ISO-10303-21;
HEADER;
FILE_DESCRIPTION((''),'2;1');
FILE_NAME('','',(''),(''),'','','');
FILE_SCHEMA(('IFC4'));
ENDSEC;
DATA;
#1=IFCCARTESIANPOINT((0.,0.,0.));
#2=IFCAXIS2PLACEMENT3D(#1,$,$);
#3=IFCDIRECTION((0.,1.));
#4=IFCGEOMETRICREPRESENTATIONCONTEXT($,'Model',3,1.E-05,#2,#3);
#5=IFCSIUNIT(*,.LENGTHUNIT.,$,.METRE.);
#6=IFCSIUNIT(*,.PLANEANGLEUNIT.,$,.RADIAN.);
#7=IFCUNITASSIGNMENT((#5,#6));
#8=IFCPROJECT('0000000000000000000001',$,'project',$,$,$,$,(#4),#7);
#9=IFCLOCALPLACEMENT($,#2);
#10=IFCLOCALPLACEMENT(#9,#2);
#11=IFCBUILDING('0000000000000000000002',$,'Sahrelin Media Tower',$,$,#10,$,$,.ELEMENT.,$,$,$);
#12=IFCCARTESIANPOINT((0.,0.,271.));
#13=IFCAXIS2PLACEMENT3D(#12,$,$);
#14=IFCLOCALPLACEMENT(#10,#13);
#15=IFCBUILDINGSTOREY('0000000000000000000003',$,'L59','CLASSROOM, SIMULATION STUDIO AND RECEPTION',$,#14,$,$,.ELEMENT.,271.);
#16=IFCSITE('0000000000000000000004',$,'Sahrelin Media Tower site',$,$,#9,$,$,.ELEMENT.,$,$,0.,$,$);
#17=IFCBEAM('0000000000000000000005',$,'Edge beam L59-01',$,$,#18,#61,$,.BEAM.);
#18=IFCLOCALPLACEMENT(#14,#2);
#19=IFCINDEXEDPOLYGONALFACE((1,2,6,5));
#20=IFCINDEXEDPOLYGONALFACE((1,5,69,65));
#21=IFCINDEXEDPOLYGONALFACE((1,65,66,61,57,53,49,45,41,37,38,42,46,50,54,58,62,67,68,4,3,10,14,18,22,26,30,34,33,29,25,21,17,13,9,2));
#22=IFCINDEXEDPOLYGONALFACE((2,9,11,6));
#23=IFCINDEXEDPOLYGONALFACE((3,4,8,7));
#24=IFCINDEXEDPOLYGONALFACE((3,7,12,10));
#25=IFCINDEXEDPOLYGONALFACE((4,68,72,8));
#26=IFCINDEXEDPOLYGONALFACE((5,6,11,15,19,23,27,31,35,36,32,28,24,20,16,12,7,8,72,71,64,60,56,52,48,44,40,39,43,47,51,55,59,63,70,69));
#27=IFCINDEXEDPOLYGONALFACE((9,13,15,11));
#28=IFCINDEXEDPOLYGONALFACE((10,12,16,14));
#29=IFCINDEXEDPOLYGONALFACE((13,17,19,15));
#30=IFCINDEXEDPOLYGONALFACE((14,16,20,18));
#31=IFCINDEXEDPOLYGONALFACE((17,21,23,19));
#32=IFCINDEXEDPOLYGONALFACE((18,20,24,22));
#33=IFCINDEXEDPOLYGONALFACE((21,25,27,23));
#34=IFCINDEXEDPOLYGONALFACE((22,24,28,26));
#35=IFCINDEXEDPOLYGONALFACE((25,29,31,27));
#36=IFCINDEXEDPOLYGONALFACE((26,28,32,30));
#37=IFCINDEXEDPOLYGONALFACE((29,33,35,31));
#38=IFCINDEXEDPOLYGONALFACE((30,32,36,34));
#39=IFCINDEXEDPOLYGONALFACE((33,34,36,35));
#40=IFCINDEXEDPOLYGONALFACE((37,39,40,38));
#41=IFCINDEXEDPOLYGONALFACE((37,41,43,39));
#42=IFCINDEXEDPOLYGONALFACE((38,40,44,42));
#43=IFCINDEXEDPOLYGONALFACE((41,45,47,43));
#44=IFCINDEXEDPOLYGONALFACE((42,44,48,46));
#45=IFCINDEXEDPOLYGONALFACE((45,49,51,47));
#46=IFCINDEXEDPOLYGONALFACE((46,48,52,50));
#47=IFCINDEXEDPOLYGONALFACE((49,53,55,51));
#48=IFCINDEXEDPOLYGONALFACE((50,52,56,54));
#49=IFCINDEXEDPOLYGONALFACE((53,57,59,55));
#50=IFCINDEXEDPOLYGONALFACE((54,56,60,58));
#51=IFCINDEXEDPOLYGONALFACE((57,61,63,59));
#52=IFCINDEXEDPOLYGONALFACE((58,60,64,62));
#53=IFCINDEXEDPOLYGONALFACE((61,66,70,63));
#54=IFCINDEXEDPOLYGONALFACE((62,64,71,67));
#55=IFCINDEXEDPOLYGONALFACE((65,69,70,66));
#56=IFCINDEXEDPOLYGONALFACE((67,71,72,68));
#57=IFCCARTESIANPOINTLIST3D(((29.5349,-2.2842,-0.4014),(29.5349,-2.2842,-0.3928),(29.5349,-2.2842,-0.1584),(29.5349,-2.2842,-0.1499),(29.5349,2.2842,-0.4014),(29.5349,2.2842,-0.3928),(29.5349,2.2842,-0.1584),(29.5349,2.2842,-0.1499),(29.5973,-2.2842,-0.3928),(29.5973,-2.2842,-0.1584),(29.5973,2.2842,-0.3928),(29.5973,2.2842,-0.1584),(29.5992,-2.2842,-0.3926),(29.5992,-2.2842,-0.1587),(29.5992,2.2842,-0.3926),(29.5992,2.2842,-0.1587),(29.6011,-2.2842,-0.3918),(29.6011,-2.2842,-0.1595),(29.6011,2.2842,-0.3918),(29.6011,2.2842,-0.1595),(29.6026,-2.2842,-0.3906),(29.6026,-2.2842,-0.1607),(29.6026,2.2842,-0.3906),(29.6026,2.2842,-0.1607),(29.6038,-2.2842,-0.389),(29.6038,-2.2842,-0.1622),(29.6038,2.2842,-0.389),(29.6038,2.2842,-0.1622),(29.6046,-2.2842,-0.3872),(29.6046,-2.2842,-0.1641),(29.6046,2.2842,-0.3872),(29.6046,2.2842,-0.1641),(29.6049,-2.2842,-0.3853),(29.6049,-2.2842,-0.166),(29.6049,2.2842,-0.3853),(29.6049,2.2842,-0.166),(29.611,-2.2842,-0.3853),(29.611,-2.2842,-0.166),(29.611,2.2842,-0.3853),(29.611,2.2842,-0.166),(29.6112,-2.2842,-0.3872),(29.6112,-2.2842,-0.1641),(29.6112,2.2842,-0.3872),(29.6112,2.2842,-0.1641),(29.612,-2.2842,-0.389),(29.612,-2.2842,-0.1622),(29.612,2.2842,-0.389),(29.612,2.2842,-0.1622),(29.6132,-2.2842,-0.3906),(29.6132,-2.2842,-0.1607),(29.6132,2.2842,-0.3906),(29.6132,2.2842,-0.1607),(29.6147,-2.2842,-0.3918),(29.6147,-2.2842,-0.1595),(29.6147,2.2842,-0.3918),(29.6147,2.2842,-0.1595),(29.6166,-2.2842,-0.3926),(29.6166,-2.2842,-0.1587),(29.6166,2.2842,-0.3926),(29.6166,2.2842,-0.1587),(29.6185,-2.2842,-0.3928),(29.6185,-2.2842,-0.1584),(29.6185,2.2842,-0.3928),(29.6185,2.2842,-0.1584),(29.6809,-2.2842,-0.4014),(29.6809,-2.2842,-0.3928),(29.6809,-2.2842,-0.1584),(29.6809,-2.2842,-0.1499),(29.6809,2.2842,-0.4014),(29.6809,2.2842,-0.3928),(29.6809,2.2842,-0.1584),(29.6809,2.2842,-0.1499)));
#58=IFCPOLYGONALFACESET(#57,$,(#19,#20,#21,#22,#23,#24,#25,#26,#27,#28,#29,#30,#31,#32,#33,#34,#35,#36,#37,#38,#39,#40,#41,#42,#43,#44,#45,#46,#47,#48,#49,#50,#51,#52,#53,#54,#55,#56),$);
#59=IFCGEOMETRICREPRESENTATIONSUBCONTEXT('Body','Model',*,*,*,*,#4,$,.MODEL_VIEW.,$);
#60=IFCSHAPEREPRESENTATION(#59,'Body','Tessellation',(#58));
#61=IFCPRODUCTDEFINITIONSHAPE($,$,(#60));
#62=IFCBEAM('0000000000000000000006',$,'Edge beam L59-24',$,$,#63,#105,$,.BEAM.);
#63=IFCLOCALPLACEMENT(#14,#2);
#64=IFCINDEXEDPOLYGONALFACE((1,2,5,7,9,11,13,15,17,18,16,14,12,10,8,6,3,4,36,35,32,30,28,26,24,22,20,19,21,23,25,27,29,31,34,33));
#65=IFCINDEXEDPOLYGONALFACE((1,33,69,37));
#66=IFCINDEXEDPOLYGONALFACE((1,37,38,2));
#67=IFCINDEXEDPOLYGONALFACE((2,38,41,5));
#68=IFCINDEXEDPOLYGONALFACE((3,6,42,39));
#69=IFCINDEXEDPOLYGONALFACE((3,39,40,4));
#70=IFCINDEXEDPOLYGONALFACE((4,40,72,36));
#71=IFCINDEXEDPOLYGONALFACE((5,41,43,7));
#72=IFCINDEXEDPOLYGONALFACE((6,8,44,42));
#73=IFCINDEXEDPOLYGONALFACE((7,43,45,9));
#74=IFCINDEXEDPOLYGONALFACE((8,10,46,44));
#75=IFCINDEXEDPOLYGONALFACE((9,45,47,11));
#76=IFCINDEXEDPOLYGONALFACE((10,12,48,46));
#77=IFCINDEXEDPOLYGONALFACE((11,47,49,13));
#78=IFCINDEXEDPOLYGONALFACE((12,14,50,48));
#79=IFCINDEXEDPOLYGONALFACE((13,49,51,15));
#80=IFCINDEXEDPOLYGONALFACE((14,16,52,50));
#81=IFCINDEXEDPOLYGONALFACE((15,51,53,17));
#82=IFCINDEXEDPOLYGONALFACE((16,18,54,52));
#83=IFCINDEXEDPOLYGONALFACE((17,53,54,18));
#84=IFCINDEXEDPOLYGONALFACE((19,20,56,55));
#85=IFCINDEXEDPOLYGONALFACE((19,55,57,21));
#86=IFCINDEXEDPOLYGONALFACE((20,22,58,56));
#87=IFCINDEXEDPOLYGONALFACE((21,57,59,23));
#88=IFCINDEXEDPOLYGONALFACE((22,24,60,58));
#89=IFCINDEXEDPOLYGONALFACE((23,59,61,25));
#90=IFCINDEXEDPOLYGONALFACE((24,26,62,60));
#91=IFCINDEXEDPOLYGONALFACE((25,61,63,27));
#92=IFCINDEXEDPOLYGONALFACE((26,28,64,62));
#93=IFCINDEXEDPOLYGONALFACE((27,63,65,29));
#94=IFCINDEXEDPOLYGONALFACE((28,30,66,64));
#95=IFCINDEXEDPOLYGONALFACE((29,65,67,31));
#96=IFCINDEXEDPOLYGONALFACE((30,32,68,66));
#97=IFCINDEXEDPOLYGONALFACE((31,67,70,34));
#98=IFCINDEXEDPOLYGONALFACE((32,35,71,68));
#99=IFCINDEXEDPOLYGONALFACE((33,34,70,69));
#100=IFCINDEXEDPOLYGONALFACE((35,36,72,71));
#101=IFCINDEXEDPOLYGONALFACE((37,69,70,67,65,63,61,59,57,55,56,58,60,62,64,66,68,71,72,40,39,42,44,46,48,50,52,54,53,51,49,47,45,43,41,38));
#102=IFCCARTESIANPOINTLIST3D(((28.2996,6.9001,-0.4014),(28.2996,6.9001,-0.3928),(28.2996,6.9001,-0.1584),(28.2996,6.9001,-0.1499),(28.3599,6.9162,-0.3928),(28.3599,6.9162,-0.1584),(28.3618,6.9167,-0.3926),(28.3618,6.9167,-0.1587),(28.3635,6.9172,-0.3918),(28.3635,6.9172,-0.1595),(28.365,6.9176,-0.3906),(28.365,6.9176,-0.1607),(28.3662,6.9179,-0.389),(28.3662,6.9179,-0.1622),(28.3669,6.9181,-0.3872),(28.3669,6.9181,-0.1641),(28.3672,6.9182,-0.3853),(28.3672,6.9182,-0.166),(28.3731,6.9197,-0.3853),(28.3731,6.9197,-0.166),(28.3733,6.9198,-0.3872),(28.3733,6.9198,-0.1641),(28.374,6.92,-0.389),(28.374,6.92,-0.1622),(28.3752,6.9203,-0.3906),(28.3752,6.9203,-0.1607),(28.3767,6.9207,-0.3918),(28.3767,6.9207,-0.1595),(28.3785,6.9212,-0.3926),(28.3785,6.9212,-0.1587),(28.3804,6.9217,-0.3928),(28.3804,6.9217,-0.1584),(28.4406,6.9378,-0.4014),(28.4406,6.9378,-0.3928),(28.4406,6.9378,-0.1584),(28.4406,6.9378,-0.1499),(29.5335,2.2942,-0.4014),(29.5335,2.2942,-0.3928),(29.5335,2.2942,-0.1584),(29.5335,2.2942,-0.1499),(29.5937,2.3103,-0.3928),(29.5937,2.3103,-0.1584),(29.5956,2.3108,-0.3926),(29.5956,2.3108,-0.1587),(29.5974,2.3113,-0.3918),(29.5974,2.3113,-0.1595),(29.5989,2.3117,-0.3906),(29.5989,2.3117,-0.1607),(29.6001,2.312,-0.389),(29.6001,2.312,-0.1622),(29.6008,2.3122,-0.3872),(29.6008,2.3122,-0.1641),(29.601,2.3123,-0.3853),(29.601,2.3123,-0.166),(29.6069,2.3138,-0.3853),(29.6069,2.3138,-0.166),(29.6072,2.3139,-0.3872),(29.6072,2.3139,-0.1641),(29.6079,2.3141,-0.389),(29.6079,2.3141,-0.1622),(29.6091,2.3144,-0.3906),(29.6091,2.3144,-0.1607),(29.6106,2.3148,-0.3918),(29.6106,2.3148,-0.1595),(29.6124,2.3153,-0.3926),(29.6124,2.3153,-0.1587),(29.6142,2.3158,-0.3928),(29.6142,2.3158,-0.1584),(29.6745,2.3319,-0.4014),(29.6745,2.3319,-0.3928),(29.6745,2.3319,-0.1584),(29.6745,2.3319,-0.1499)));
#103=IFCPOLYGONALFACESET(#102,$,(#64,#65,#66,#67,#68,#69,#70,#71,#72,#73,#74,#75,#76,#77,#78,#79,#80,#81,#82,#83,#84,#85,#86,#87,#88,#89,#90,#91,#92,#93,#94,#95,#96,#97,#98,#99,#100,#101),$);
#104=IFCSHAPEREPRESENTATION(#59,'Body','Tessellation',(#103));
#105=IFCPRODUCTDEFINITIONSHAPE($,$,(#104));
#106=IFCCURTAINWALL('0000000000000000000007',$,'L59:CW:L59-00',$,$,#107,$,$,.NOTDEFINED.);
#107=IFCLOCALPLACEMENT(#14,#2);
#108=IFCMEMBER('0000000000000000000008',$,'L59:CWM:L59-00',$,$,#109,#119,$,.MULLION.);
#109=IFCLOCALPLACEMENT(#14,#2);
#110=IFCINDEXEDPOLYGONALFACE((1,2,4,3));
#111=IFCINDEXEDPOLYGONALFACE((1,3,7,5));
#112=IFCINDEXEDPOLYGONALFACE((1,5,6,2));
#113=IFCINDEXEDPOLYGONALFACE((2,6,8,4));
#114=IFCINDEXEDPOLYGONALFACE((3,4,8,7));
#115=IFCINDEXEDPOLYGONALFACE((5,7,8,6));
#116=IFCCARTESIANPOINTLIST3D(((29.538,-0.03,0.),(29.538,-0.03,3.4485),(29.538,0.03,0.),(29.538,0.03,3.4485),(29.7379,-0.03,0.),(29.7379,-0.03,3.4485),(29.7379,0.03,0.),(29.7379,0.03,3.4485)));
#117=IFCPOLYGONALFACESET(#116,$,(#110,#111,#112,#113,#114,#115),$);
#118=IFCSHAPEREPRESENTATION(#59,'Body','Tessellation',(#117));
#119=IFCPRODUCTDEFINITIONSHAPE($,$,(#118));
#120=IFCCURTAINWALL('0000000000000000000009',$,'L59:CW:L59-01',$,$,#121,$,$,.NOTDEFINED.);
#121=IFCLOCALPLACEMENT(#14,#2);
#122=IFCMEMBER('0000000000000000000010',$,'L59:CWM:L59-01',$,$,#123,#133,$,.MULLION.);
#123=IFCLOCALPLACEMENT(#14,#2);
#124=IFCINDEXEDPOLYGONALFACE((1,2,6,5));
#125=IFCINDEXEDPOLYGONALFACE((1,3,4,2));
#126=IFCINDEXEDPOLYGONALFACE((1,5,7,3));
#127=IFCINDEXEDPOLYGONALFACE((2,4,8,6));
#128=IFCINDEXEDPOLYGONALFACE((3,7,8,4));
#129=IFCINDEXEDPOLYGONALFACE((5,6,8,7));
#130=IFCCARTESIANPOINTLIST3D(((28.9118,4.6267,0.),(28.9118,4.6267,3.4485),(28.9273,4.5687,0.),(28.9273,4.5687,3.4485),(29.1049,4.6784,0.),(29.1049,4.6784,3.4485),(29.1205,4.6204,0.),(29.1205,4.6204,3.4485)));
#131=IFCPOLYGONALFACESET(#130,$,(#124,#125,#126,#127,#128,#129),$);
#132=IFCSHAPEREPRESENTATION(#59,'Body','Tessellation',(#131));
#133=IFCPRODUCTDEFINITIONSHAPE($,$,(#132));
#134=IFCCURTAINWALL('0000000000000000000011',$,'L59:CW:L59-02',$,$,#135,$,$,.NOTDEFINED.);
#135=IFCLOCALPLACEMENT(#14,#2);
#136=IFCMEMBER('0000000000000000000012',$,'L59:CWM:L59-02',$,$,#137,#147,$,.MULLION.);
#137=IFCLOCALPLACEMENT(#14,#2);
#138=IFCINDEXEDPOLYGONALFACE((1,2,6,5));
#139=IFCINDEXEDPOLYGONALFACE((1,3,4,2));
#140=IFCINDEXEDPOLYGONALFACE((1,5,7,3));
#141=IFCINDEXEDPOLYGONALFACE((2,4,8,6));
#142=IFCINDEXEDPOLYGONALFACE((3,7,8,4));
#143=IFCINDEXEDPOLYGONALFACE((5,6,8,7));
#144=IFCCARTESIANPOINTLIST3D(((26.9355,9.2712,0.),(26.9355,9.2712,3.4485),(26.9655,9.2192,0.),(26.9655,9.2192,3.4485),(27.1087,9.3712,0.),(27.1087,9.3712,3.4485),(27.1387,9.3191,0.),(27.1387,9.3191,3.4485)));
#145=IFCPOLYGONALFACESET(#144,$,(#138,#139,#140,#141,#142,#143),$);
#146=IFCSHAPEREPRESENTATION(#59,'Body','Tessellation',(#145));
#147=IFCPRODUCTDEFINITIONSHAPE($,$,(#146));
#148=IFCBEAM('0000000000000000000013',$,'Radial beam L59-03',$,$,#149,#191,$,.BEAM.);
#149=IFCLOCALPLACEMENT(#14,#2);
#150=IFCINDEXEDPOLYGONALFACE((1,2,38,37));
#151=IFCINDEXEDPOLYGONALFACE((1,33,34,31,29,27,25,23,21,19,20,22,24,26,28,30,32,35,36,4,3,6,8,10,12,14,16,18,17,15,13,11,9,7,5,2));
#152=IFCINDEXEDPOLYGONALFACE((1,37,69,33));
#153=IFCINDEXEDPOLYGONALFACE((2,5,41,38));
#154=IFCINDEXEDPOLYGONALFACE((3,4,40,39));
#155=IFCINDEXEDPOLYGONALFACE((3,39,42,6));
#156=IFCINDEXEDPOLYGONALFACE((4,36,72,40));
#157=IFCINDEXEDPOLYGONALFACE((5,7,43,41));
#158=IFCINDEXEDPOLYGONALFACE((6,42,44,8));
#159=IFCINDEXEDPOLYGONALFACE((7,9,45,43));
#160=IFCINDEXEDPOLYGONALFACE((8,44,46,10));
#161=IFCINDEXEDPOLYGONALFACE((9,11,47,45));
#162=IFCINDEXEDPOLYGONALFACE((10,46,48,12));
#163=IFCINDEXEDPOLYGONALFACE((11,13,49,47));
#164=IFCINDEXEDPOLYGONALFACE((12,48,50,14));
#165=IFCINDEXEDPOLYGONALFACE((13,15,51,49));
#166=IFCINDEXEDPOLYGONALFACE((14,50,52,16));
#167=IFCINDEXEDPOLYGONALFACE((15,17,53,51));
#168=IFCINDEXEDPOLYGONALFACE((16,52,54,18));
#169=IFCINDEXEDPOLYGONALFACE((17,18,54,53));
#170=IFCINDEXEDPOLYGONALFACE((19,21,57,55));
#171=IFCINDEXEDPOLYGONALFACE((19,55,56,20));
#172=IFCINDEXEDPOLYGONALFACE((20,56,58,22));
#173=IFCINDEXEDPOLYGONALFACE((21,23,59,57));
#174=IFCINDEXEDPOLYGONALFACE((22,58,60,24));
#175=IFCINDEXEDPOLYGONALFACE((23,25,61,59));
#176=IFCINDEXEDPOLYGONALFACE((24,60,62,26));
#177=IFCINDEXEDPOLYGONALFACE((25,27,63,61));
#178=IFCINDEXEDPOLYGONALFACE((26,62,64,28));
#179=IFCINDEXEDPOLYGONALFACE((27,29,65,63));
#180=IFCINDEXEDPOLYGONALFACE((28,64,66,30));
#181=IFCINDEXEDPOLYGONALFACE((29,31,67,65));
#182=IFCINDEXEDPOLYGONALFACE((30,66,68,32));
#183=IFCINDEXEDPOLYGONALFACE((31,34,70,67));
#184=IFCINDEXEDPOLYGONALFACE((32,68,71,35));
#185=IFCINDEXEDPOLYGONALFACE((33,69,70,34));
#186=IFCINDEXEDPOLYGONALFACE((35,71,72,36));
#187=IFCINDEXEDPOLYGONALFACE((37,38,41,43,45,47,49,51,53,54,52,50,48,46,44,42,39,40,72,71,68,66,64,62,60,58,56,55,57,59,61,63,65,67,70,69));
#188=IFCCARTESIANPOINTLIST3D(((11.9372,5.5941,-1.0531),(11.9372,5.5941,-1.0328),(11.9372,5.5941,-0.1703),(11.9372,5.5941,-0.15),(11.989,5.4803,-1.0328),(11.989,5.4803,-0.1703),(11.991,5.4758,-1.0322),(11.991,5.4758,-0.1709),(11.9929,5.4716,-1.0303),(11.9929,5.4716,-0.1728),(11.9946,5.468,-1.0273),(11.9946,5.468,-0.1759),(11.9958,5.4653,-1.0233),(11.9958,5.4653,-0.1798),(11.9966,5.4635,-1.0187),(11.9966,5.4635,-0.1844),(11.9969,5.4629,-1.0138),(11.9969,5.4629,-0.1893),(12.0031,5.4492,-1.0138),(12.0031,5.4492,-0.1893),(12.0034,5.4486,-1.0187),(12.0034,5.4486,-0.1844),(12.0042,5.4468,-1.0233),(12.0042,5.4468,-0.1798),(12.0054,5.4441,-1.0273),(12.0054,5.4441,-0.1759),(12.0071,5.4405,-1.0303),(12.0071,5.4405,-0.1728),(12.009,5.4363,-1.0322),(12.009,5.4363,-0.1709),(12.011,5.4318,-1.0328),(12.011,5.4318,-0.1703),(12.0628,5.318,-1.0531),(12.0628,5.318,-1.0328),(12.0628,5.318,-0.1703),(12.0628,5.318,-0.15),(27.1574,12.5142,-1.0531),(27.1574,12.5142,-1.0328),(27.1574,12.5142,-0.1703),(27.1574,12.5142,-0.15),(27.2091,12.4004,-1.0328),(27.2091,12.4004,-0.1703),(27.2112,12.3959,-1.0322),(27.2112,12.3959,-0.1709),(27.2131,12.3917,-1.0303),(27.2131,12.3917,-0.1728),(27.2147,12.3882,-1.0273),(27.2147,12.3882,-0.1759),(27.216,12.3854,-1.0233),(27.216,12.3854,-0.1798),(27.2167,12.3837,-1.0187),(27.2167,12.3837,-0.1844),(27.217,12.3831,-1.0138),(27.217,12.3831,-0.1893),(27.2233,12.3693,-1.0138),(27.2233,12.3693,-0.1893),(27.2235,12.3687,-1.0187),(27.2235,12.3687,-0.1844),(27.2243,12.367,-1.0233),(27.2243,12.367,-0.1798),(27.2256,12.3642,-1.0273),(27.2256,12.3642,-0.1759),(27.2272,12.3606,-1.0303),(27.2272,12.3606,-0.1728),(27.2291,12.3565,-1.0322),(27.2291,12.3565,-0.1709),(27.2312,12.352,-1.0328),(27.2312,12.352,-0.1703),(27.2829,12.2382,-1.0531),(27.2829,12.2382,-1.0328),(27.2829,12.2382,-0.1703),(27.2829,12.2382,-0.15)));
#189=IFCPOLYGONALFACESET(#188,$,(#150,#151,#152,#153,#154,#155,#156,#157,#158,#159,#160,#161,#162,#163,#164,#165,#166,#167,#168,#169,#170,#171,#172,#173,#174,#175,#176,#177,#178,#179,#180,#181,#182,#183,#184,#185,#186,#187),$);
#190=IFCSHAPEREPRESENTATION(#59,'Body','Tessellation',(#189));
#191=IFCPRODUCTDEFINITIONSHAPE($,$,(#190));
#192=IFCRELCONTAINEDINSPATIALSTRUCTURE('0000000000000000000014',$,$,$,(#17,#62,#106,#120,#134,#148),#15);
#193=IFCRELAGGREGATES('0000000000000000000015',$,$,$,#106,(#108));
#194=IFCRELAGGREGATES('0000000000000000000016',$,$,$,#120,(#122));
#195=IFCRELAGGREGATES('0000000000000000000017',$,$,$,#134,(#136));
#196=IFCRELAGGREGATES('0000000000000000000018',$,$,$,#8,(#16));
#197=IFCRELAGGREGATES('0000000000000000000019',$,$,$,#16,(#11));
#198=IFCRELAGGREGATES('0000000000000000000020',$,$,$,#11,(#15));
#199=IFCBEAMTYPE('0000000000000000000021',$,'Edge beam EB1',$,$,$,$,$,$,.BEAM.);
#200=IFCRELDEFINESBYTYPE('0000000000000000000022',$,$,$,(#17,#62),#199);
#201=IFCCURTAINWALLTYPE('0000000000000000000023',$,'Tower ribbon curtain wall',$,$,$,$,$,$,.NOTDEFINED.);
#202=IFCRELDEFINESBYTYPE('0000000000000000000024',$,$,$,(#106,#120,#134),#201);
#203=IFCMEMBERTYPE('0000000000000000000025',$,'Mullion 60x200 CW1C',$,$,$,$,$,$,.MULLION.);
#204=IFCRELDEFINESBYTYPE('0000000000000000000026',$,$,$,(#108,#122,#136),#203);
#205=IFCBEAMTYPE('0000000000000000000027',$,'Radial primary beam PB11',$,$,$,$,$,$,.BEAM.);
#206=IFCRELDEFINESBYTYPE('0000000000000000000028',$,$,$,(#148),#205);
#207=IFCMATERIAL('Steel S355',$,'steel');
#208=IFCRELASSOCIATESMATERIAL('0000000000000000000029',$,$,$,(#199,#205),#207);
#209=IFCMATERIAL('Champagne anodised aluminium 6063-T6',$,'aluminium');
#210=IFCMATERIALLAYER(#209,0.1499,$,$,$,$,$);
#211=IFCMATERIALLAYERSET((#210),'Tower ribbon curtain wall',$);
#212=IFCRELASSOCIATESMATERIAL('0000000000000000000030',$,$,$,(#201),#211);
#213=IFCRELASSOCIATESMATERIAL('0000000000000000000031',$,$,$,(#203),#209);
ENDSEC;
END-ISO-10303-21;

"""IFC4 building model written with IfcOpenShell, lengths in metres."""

from ifc_helpers import new_model, si_unit, direction, frame, origin, origin_2d, place, context, subcontext, project, spatial, rectangle, i_section, extrude, material, layer, layer_set, material_profile, profile_set, type_object, element, aggregate, save


model = new_model("IFC4")

# Units and contexts
model_context = context("Model", 3, precision=1e-05, world=origin(), true_north=direction((0.0, 1.0)))
body_context = subcontext(model_context, "Body", "Model", "MODEL_VIEW")
ifc_project = project(units=[si_unit("LENGTHUNIT", "METRE"), si_unit("PLANEANGLEUNIT", "RADIAN")], contexts=[model_context])

# Site, building, storey
site_placement = place(None, origin())
site = spatial("IfcSite", under=ifc_project, at=site_placement, Name="Sahrelin Media Tower site", CompositionType="ELEMENT", RefElevation=0.0)
building_placement = place(site_placement, origin())
building = spatial("IfcBuilding", under=site, at=building_placement, Name="Sahrelin Media Tower", CompositionType="ELEMENT")
storey_placement = place(building_placement, frame((0.0, 0.0, 271.0)))
storey = spatial("IfcBuildingStorey", under=building, at=storey_placement, Name="L59", Description="CLASSROOM, SIMULATION STUDIO AND RECEPTION", CompositionType="ELEMENT", Elevation=271.0)

# Beams
ifc_material_1 = material(Name="Steel S355", Category="steel")
ifc_material_profile_1 = material_profile(ifc_material_1, i_section(OverallWidth=0.146, OverallDepth=0.2515, WebThickness=0.0061, FlangeThickness=0.0085, FilletRadius=0.0076, at=origin_2d()), Name="UB 254x146x31")
ifc_profile_set_1 = profile_set([ifc_material_profile_1], Name="Steel S355")
beam_type_1 = type_object("IfcBeamType", Name="Edge beam EB1", PredefinedType="BEAM", material=ifc_profile_set_1)
beam_1_placement = place(storey_placement, frame((29.6079, 2.2842, -0.2756), z_axis=(0.0, -1.0, 0.0), x_axis=(1.0, 0.0, 0.0)))
element("IfcBeam", 1, at=beam_1_placement, inside=storey, type_object=beam_type_1, Name="Edge beam L59-01", PredefinedType="BEAM", context=body_context, shape_type="SweptSolid", body=[
    extrude(i_section(OverallWidth=0.146, OverallDepth=0.2515, WebThickness=0.0061, FlangeThickness=0.0085, FilletRadius=0.0076, at=origin_2d()), origin(), (0.0, 0.0, 1.0), 4.5684),
])
beam_2_placement = place(storey_placement, frame((28.3701, 6.9189, -0.2756), z_axis=(0.258765, -0.96594, 0.0), x_axis=(0.96594, 0.258765, 0.0)))
element("IfcBeam", 2, at=beam_2_placement, inside=storey, type_object=beam_type_1, Name="Edge beam L59-24", PredefinedType="BEAM", context=body_context, shape_type="SweptSolid", body=[
    extrude(i_section(OverallWidth=0.146, OverallDepth=0.2515, WebThickness=0.0061, FlangeThickness=0.0085, FilletRadius=0.0076, at=origin_2d()), origin(), (0.0, 0.0, 1.0), 4.7683),
])

# Curtain walls, members
ifc_material_2 = material(Name="Champagne anodised aluminium 6063-T6", Category="aluminium")
ifc_layer_1 = layer(ifc_material_2, 0.1499)
ifc_layer_set_1 = layer_set([ifc_layer_1], Name="Tower ribbon curtain wall")
curtain_wall_type = type_object("IfcCurtainWallType", Name="Tower ribbon curtain wall", PredefinedType="NOTDEFINED", material=ifc_layer_set_1)
curtain_wall_1_placement = place(storey_placement, frame((29.7578, 0.0, 0.0), z_axis=(0.0, 0.0, 1.0), x_axis=(1.0, 0.0, 0.0)))
curtain_wall_1 = element("IfcCurtainWall", 3, at=curtain_wall_1_placement, inside=storey, type_object=curtain_wall_type, Name="L59:CW:L59-00", PredefinedType="NOTDEFINED")
ifc_material_profile_2 = material_profile(ifc_material_2, rectangle(XDim=0.0601, YDim=0.2, at=origin_2d()), Name="Mullion 60x200")
ifc_profile_set_2 = profile_set([ifc_material_profile_2], Name="Champagne anodised aluminium 6063-T6")
member_type_1 = type_object("IfcMemberType", Name="Mullion 60x200 CW1C", PredefinedType="MULLION", material=ifc_profile_set_2)
member_1_placement = place(storey_placement, frame((29.6379, 0.0, 0.0), z_axis=(0.0, 0.0, 1.0), x_axis=(0.0, 1.0, 0.0)))
member_1 = element("IfcMember", 4, at=member_1_placement, type_object=member_type_1, Name="L59:CWM:L59-00", PredefinedType="MULLION", context=body_context, shape_type="SweptSolid", body=[
    extrude(rectangle(XDim=0.0601, YDim=0.2, at=origin_2d()), origin(), (0.0, 0.0, 1.0), 3.4485),
])
aggregate(curtain_wall_1, [member_1])
curtain_wall_2_placement = place(storey_placement, frame((29.1318, 4.6548, 0.0), z_axis=(0.0, 0.0, 1.0), x_axis=(1.0, 0.0, 0.0)))
curtain_wall_2 = element("IfcCurtainWall", 5, at=curtain_wall_2_placement, inside=storey, type_object=curtain_wall_type, Name="L59:CW:L59-01", PredefinedType="NOTDEFINED")
member_2_placement = place(storey_placement, frame((29.0161, 4.6235, 0.0), z_axis=(0.0, 0.0, 1.0), x_axis=(-0.258817, 0.965926, 0.0)))
member_2 = element("IfcMember", 6, at=member_2_placement, type_object=member_type_1, Name="L59:CWM:L59-01", PredefinedType="MULLION", context=body_context, shape_type="SweptSolid", body=[
    extrude(rectangle(XDim=0.0601, YDim=0.2, at=origin_2d()), origin(), (0.0, 0.0, 1.0), 3.4485),
])
curtain_wall_3_placement = place(storey_placement, frame((27.1409, 9.3552, 0.0), z_axis=(0.0, 0.0, 1.0), x_axis=(1.0, 0.0, 0.0)))
curtain_wall_3 = element("IfcCurtainWall", 7, at=curtain_wall_3_placement, inside=storey, type_object=curtain_wall_type, Name="L59:CW:L59-02", PredefinedType="NOTDEFINED")
member_3_placement = place(storey_placement, frame((27.0371, 9.2952, 0.0), z_axis=(0.0, 0.0, 1.0), x_axis=(-0.499989, 0.866032, 0.0)))
member_3 = element("IfcMember", 8, at=member_3_placement, type_object=member_type_1, Name="L59:CWM:L59-02", PredefinedType="MULLION", context=body_context, shape_type="SweptSolid", body=[
    extrude(rectangle(XDim=0.0601, YDim=0.2, at=origin_2d()), origin(), (0.0, 0.0, 1.0), 3.4485),
])

# Beam
ifc_material_profile_3 = material_profile(ifc_material_1, i_section(OverallWidth=0.3032, OverallDepth=0.9031, WebThickness=0.0151, FlangeThickness=0.0203, FilletRadius=0.019, at=origin_2d()), Name="UB 914x305x201")
ifc_profile_set_3 = profile_set([ifc_material_profile_3], Name="Steel S355")
beam_type_2 = type_object("IfcBeamType", Name="Radial primary beam PB11", PredefinedType="BEAM", material=ifc_profile_set_3)
beam_3_placement = place(storey_placement, frame((12.0, 5.4561, -0.6016), z_axis=(0.910324, 0.413896, 0.0), x_axis=(-0.413896, 0.910324, 0.0)))
element("IfcBeam", 9, at=beam_3_placement, inside=storey, type_object=beam_type_2, Name="Radial beam L59-03", PredefinedType="BEAM", context=body_context, shape_type="SweptSolid", body=[
    extrude(i_section(OverallWidth=0.3032, OverallDepth=0.9031, WebThickness=0.0151, FlangeThickness=0.0203, FilletRadius=0.019, at=origin_2d()), origin(), (0.0, 0.0, 1.0), 16.7195),
])

aggregate(curtain_wall_2, [member_2])
aggregate(curtain_wall_3, [member_3])

save(model, "model.ifc")
